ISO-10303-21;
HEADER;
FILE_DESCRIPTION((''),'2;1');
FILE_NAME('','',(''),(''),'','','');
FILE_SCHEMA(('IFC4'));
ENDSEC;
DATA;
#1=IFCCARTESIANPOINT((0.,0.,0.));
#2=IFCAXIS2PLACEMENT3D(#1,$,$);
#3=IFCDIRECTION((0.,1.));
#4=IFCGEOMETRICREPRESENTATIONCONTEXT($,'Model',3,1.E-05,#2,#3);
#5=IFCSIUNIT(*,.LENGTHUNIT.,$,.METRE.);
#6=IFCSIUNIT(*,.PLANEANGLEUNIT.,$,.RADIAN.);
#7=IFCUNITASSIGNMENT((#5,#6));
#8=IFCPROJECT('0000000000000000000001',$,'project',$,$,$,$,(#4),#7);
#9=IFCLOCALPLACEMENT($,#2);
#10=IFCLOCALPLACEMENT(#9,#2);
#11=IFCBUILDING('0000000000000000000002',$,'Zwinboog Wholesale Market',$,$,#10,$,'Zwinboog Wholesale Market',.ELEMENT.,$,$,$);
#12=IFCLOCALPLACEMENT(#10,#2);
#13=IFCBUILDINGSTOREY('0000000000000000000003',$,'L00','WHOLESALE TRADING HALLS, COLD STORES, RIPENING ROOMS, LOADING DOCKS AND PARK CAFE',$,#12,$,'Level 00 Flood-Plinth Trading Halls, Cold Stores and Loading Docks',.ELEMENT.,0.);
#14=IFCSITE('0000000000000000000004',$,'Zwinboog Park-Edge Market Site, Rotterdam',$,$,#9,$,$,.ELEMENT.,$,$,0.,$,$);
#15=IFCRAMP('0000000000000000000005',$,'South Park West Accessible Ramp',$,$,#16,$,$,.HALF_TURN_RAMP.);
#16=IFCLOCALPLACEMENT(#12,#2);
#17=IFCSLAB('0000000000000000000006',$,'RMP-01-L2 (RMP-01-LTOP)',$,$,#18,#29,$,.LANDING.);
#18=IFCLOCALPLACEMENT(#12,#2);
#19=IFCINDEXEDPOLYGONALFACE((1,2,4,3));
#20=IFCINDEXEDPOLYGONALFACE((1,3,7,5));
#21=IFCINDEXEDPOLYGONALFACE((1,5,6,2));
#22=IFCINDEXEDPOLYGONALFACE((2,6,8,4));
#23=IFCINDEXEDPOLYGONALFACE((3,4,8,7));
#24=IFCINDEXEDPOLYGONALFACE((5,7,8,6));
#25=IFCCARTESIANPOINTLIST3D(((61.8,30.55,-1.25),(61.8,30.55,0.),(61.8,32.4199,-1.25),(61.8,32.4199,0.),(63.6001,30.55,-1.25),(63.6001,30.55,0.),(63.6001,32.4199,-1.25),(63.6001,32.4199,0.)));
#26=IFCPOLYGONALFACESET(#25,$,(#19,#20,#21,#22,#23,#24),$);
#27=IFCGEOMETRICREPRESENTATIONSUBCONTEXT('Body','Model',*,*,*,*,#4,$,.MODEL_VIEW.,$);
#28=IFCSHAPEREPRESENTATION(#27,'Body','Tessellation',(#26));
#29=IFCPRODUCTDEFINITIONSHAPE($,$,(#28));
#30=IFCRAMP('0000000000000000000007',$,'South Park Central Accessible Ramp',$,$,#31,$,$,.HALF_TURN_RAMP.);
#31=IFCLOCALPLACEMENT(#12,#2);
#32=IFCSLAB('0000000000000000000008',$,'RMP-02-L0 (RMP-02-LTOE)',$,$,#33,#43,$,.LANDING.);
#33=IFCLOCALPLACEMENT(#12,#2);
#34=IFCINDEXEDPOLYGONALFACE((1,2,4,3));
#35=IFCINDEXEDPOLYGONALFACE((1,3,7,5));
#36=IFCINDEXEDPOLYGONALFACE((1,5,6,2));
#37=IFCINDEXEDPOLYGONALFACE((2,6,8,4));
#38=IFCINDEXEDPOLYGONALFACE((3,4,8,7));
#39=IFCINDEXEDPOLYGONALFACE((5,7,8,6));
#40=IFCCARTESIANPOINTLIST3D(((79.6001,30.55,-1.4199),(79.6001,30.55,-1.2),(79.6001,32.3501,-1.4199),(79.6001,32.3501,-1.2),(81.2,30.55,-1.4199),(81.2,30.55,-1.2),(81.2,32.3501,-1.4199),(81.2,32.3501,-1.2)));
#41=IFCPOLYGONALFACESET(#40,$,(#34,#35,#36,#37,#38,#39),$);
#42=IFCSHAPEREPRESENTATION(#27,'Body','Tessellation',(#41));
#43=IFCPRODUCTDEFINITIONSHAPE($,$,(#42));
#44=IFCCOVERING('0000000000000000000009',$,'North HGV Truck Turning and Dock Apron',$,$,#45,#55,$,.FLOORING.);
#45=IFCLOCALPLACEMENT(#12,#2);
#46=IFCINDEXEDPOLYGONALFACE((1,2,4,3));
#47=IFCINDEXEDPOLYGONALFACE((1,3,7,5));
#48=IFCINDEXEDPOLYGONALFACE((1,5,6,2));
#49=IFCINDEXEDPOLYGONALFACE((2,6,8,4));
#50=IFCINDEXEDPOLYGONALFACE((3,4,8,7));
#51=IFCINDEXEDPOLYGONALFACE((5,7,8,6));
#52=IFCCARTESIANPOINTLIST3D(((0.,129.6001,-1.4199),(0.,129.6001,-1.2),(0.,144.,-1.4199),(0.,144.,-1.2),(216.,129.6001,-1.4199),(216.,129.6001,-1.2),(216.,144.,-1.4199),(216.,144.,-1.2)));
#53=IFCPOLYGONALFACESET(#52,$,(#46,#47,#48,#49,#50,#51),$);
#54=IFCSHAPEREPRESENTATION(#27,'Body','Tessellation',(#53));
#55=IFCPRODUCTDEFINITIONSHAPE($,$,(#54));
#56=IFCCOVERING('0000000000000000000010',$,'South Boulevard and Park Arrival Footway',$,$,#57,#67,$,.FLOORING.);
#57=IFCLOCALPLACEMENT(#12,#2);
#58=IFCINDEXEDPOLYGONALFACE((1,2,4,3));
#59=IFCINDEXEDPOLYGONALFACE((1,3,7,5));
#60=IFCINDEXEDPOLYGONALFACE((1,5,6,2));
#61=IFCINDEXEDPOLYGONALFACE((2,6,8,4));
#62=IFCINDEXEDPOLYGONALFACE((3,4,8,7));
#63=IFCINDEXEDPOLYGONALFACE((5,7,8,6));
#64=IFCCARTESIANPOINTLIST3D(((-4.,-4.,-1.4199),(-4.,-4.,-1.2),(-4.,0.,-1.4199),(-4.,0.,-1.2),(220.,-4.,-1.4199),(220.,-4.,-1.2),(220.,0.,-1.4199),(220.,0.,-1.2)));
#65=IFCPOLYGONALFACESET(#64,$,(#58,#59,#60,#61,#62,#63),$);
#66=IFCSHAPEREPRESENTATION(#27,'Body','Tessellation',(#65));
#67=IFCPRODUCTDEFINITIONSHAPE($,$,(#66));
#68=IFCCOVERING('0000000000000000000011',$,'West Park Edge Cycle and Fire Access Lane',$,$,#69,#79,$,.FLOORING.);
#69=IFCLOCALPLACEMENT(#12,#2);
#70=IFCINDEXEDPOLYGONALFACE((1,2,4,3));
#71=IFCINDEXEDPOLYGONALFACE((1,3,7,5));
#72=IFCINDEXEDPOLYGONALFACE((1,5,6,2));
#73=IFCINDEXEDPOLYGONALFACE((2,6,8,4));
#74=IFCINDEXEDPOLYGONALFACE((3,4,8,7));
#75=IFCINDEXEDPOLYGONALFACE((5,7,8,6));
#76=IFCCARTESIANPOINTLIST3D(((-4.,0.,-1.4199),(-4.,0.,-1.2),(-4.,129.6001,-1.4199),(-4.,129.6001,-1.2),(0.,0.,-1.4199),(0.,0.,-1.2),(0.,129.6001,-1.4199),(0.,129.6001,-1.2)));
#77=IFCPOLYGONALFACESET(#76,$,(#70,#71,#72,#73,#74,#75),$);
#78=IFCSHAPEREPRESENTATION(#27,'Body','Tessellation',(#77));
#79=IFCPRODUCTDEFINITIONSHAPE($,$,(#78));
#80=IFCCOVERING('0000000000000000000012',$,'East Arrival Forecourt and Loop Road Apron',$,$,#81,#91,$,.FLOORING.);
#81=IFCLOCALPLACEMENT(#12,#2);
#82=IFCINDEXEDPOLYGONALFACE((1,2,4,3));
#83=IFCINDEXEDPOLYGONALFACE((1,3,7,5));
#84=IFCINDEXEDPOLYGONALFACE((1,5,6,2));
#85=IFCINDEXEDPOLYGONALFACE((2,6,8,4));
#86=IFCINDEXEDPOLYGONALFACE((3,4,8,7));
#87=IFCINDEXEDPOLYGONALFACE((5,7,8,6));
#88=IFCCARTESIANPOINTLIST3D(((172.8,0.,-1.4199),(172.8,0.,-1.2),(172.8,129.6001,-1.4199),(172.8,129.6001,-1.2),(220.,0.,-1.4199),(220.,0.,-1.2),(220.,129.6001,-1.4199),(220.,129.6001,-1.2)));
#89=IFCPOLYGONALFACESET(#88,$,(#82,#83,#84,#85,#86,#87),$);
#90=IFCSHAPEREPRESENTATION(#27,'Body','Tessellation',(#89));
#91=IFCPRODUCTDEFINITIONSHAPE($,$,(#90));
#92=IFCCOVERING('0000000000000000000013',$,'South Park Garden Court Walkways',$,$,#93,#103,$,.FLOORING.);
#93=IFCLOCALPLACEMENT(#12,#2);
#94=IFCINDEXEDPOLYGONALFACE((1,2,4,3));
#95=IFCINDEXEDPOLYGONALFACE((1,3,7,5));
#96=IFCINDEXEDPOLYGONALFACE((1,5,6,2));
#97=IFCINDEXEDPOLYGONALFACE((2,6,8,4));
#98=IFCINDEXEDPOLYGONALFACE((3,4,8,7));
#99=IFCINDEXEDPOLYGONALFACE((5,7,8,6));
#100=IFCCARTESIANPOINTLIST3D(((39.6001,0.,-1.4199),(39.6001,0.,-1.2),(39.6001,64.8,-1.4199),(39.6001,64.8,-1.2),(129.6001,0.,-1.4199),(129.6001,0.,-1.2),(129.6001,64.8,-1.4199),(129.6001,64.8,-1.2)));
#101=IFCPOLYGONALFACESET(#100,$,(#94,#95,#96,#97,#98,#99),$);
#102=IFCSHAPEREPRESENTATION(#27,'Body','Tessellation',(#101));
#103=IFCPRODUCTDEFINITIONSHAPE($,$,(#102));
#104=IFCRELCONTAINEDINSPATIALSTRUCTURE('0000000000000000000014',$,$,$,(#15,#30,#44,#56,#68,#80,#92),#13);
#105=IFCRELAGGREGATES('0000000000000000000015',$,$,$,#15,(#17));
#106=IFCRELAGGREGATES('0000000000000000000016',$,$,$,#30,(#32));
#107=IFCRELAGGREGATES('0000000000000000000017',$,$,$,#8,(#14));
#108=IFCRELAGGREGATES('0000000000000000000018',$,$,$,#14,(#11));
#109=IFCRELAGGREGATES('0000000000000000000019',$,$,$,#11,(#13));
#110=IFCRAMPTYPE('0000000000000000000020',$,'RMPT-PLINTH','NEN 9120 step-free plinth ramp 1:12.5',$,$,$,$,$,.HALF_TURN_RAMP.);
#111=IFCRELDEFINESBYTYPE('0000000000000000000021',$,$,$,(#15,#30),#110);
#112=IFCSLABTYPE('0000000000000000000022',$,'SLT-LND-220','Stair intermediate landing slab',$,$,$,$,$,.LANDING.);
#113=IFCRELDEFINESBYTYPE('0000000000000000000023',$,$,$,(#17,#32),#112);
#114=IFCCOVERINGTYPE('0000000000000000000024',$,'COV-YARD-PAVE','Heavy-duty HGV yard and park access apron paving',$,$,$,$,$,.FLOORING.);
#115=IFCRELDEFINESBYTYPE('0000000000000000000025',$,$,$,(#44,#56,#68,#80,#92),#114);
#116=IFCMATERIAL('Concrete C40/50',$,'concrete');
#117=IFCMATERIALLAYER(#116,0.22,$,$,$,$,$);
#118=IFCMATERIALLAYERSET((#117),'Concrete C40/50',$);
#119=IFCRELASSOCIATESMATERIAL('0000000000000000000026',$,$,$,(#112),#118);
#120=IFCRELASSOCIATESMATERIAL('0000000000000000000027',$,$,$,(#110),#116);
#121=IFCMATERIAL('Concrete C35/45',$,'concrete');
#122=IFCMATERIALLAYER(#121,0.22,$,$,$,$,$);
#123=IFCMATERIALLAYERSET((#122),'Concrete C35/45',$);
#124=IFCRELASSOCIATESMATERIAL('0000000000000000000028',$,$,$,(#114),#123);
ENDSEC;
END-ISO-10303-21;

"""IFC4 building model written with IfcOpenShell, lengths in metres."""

from ifc_helpers import new_model, si_unit, direction, frame, origin, place, context, subcontext, project, spatial, polyline, outline, extrude, material, layer, layer_set, type_object, element, aggregate, save


model = new_model("IFC4")

# Units and contexts
model_context = context("Model", 3, precision=1e-05, world=origin(), true_north=direction((0.0, 1.0)))
body_context = subcontext(model_context, "Body", "Model", "MODEL_VIEW")
ifc_project = project(units=[si_unit("LENGTHUNIT", "METRE"), si_unit("PLANEANGLEUNIT", "RADIAN")], contexts=[model_context])

# Site, building, storey
site_placement = place(None, origin())
site = spatial("IfcSite", under=ifc_project, at=site_placement, Name="Zwinboog Park-Edge Market Site, Rotterdam", CompositionType="ELEMENT", RefElevation=0.0)
building_placement = place(site_placement, origin())
building = spatial("IfcBuilding", under=site, at=building_placement, Name="Zwinboog Wholesale Market", LongName="Zwinboog Wholesale Market", CompositionType="ELEMENT")
storey_placement = place(building_placement, origin())
storey = spatial("IfcBuildingStorey", under=building, at=storey_placement, Name="L00", Description="WHOLESALE TRADING HALLS, COLD STORES, RIPENING ROOMS, LOADING DOCKS AND PARK CAFE", LongName="Level 00 Flood-Plinth Trading Halls, Cold Stores and Loading Docks", CompositionType="ELEMENT", Elevation=0.0)

# Shared definitions
ifc_material_1 = material(Name="Concrete C40/50", Category="concrete")

# Shared definitions
ifc_material_2 = material(Name="Concrete C35/45", Category="concrete")

# Shared definitions
ifc_layer_1 = layer(ifc_material_1, 0.22)
ifc_layer_set_1 = layer_set([ifc_layer_1], Name="Concrete C40/50")
slab_type_1 = type_object("IfcSlabType", Name="SLT-LND-220", Description="Stair intermediate landing slab", PredefinedType="LANDING", material=ifc_layer_set_1)

# Ramp, slab
ramp_type = type_object("IfcRampType", Name="RMPT-PLINTH", Description="NEN 9120 step-free plinth ramp 1:12.5", PredefinedType="HALF_TURN_RAMP", material=ifc_material_1)
ramp_1_placement = place(storey_placement, origin())
ramp_1 = element("IfcRamp", 1, at=ramp_1_placement, inside=storey, type_object=ramp_type, Name="South Park West Accessible Ramp", PredefinedType="HALF_TURN_RAMP")
slab_1_placement = place(storey_placement, frame((0.0, 0.0, -1.25)))
slab_1 = element("IfcSlab", 2, at=slab_1_placement, type_object=slab_type_1, Name="RMP-01-L2 (RMP-01-LTOP)", PredefinedType="LANDING", context=body_context, shape_type="SweptSolid", body=[
    extrude(outline(polyline([(61.8, 30.55), (63.6001, 30.55), (63.6001, 32.4199), (61.8, 32.4199), (61.8, 30.55)])), origin(), (0.0, 0.0, 1.0), 1.25),
])
aggregate(ramp_1, [slab_1])

# Ramp, slab
ramp_2_placement = place(storey_placement, origin())
ramp_2 = element("IfcRamp", 3, at=ramp_2_placement, inside=storey, type_object=ramp_type, Name="South Park Central Accessible Ramp", PredefinedType="HALF_TURN_RAMP")
slab_2_placement = place(storey_placement, frame((0.0, 0.0, -1.4199)))
slab_2 = element("IfcSlab", 4, at=slab_2_placement, type_object=slab_type_1, Name="RMP-02-L0 (RMP-02-LTOE)", PredefinedType="LANDING", context=body_context, shape_type="SweptSolid", body=[
    extrude(outline(polyline([(79.6001, 30.55), (81.2, 30.55), (81.2, 32.3501), (79.6001, 32.3501), (79.6001, 30.55)])), origin(), (0.0, 0.0, 1.0), 0.22),
])
aggregate(ramp_2, [slab_2])

# Coverings
ifc_layer_2 = layer(ifc_material_2, 0.22)
ifc_layer_set_2 = layer_set([ifc_layer_2], Name="Concrete C35/45")
covering_type = type_object("IfcCoveringType", Name="COV-YARD-PAVE", Description="Heavy-duty HGV yard and park access apron paving", PredefinedType="FLOORING", material=ifc_layer_set_2)
covering_1_placement = place(storey_placement, frame((0.0, 0.0, -1.4199)))
element("IfcCovering", 5, at=covering_1_placement, inside=storey, type_object=covering_type, Name="North HGV Truck Turning and Dock Apron", PredefinedType="FLOORING", context=body_context, shape_type="SweptSolid", body=[
    extrude(outline(polyline([(0.0, 129.6001), (216.0, 129.6001), (216.0, 144.0), (0.0, 144.0), (0.0, 129.6001)])), origin(), (0.0, 0.0, 1.0), 0.22),
])
covering_2_placement = place(storey_placement, frame((0.0, 0.0, -1.4199)))
element("IfcCovering", 6, at=covering_2_placement, inside=storey, type_object=covering_type, Name="South Boulevard and Park Arrival Footway", PredefinedType="FLOORING", context=body_context, shape_type="SweptSolid", body=[
    extrude(outline(polyline([(-4.0, -4.0), (220.0, -4.0), (220.0, 0.0), (-4.0, 0.0), (-4.0, -4.0)])), origin(), (0.0, 0.0, 1.0), 0.22),
])
covering_3_placement = place(storey_placement, frame((0.0, 0.0, -1.4199)))
element("IfcCovering", 7, at=covering_3_placement, inside=storey, type_object=covering_type, Name="West Park Edge Cycle and Fire Access Lane", PredefinedType="FLOORING", context=body_context, shape_type="SweptSolid", body=[
    extrude(outline(polyline([(-4.0, 0.0), (0.0, 0.0), (0.0, 129.6001), (-4.0, 129.6001), (-4.0, 0.0)])), origin(), (0.0, 0.0, 1.0), 0.22),
])
covering_4_placement = place(storey_placement, frame((0.0, 0.0, -1.4199)))
element("IfcCovering", 8, at=covering_4_placement, inside=storey, type_object=covering_type, Name="East Arrival Forecourt and Loop Road Apron", PredefinedType="FLOORING", context=body_context, shape_type="SweptSolid", body=[
    extrude(outline(polyline([(172.8, 0.0), (220.0, 0.0), (220.0, 129.6001), (172.8, 129.6001), (172.8, 0.0)])), origin(), (0.0, 0.0, 1.0), 0.22),
])
covering_5_placement = place(storey_placement, frame((0.0, 0.0, -1.4199)))
element("IfcCovering", 9, at=covering_5_placement, inside=storey, type_object=covering_type, Name="South Park Garden Court Walkways", PredefinedType="FLOORING", context=body_context, shape_type="SweptSolid", body=[
    extrude(outline(polyline([(39.6001, 0.0), (129.6001, 0.0), (129.6001, 64.8), (39.6001, 64.8), (39.6001, 0.0)])), origin(), (0.0, 0.0, 1.0), 0.22),
])

save(model, "model.ifc")
